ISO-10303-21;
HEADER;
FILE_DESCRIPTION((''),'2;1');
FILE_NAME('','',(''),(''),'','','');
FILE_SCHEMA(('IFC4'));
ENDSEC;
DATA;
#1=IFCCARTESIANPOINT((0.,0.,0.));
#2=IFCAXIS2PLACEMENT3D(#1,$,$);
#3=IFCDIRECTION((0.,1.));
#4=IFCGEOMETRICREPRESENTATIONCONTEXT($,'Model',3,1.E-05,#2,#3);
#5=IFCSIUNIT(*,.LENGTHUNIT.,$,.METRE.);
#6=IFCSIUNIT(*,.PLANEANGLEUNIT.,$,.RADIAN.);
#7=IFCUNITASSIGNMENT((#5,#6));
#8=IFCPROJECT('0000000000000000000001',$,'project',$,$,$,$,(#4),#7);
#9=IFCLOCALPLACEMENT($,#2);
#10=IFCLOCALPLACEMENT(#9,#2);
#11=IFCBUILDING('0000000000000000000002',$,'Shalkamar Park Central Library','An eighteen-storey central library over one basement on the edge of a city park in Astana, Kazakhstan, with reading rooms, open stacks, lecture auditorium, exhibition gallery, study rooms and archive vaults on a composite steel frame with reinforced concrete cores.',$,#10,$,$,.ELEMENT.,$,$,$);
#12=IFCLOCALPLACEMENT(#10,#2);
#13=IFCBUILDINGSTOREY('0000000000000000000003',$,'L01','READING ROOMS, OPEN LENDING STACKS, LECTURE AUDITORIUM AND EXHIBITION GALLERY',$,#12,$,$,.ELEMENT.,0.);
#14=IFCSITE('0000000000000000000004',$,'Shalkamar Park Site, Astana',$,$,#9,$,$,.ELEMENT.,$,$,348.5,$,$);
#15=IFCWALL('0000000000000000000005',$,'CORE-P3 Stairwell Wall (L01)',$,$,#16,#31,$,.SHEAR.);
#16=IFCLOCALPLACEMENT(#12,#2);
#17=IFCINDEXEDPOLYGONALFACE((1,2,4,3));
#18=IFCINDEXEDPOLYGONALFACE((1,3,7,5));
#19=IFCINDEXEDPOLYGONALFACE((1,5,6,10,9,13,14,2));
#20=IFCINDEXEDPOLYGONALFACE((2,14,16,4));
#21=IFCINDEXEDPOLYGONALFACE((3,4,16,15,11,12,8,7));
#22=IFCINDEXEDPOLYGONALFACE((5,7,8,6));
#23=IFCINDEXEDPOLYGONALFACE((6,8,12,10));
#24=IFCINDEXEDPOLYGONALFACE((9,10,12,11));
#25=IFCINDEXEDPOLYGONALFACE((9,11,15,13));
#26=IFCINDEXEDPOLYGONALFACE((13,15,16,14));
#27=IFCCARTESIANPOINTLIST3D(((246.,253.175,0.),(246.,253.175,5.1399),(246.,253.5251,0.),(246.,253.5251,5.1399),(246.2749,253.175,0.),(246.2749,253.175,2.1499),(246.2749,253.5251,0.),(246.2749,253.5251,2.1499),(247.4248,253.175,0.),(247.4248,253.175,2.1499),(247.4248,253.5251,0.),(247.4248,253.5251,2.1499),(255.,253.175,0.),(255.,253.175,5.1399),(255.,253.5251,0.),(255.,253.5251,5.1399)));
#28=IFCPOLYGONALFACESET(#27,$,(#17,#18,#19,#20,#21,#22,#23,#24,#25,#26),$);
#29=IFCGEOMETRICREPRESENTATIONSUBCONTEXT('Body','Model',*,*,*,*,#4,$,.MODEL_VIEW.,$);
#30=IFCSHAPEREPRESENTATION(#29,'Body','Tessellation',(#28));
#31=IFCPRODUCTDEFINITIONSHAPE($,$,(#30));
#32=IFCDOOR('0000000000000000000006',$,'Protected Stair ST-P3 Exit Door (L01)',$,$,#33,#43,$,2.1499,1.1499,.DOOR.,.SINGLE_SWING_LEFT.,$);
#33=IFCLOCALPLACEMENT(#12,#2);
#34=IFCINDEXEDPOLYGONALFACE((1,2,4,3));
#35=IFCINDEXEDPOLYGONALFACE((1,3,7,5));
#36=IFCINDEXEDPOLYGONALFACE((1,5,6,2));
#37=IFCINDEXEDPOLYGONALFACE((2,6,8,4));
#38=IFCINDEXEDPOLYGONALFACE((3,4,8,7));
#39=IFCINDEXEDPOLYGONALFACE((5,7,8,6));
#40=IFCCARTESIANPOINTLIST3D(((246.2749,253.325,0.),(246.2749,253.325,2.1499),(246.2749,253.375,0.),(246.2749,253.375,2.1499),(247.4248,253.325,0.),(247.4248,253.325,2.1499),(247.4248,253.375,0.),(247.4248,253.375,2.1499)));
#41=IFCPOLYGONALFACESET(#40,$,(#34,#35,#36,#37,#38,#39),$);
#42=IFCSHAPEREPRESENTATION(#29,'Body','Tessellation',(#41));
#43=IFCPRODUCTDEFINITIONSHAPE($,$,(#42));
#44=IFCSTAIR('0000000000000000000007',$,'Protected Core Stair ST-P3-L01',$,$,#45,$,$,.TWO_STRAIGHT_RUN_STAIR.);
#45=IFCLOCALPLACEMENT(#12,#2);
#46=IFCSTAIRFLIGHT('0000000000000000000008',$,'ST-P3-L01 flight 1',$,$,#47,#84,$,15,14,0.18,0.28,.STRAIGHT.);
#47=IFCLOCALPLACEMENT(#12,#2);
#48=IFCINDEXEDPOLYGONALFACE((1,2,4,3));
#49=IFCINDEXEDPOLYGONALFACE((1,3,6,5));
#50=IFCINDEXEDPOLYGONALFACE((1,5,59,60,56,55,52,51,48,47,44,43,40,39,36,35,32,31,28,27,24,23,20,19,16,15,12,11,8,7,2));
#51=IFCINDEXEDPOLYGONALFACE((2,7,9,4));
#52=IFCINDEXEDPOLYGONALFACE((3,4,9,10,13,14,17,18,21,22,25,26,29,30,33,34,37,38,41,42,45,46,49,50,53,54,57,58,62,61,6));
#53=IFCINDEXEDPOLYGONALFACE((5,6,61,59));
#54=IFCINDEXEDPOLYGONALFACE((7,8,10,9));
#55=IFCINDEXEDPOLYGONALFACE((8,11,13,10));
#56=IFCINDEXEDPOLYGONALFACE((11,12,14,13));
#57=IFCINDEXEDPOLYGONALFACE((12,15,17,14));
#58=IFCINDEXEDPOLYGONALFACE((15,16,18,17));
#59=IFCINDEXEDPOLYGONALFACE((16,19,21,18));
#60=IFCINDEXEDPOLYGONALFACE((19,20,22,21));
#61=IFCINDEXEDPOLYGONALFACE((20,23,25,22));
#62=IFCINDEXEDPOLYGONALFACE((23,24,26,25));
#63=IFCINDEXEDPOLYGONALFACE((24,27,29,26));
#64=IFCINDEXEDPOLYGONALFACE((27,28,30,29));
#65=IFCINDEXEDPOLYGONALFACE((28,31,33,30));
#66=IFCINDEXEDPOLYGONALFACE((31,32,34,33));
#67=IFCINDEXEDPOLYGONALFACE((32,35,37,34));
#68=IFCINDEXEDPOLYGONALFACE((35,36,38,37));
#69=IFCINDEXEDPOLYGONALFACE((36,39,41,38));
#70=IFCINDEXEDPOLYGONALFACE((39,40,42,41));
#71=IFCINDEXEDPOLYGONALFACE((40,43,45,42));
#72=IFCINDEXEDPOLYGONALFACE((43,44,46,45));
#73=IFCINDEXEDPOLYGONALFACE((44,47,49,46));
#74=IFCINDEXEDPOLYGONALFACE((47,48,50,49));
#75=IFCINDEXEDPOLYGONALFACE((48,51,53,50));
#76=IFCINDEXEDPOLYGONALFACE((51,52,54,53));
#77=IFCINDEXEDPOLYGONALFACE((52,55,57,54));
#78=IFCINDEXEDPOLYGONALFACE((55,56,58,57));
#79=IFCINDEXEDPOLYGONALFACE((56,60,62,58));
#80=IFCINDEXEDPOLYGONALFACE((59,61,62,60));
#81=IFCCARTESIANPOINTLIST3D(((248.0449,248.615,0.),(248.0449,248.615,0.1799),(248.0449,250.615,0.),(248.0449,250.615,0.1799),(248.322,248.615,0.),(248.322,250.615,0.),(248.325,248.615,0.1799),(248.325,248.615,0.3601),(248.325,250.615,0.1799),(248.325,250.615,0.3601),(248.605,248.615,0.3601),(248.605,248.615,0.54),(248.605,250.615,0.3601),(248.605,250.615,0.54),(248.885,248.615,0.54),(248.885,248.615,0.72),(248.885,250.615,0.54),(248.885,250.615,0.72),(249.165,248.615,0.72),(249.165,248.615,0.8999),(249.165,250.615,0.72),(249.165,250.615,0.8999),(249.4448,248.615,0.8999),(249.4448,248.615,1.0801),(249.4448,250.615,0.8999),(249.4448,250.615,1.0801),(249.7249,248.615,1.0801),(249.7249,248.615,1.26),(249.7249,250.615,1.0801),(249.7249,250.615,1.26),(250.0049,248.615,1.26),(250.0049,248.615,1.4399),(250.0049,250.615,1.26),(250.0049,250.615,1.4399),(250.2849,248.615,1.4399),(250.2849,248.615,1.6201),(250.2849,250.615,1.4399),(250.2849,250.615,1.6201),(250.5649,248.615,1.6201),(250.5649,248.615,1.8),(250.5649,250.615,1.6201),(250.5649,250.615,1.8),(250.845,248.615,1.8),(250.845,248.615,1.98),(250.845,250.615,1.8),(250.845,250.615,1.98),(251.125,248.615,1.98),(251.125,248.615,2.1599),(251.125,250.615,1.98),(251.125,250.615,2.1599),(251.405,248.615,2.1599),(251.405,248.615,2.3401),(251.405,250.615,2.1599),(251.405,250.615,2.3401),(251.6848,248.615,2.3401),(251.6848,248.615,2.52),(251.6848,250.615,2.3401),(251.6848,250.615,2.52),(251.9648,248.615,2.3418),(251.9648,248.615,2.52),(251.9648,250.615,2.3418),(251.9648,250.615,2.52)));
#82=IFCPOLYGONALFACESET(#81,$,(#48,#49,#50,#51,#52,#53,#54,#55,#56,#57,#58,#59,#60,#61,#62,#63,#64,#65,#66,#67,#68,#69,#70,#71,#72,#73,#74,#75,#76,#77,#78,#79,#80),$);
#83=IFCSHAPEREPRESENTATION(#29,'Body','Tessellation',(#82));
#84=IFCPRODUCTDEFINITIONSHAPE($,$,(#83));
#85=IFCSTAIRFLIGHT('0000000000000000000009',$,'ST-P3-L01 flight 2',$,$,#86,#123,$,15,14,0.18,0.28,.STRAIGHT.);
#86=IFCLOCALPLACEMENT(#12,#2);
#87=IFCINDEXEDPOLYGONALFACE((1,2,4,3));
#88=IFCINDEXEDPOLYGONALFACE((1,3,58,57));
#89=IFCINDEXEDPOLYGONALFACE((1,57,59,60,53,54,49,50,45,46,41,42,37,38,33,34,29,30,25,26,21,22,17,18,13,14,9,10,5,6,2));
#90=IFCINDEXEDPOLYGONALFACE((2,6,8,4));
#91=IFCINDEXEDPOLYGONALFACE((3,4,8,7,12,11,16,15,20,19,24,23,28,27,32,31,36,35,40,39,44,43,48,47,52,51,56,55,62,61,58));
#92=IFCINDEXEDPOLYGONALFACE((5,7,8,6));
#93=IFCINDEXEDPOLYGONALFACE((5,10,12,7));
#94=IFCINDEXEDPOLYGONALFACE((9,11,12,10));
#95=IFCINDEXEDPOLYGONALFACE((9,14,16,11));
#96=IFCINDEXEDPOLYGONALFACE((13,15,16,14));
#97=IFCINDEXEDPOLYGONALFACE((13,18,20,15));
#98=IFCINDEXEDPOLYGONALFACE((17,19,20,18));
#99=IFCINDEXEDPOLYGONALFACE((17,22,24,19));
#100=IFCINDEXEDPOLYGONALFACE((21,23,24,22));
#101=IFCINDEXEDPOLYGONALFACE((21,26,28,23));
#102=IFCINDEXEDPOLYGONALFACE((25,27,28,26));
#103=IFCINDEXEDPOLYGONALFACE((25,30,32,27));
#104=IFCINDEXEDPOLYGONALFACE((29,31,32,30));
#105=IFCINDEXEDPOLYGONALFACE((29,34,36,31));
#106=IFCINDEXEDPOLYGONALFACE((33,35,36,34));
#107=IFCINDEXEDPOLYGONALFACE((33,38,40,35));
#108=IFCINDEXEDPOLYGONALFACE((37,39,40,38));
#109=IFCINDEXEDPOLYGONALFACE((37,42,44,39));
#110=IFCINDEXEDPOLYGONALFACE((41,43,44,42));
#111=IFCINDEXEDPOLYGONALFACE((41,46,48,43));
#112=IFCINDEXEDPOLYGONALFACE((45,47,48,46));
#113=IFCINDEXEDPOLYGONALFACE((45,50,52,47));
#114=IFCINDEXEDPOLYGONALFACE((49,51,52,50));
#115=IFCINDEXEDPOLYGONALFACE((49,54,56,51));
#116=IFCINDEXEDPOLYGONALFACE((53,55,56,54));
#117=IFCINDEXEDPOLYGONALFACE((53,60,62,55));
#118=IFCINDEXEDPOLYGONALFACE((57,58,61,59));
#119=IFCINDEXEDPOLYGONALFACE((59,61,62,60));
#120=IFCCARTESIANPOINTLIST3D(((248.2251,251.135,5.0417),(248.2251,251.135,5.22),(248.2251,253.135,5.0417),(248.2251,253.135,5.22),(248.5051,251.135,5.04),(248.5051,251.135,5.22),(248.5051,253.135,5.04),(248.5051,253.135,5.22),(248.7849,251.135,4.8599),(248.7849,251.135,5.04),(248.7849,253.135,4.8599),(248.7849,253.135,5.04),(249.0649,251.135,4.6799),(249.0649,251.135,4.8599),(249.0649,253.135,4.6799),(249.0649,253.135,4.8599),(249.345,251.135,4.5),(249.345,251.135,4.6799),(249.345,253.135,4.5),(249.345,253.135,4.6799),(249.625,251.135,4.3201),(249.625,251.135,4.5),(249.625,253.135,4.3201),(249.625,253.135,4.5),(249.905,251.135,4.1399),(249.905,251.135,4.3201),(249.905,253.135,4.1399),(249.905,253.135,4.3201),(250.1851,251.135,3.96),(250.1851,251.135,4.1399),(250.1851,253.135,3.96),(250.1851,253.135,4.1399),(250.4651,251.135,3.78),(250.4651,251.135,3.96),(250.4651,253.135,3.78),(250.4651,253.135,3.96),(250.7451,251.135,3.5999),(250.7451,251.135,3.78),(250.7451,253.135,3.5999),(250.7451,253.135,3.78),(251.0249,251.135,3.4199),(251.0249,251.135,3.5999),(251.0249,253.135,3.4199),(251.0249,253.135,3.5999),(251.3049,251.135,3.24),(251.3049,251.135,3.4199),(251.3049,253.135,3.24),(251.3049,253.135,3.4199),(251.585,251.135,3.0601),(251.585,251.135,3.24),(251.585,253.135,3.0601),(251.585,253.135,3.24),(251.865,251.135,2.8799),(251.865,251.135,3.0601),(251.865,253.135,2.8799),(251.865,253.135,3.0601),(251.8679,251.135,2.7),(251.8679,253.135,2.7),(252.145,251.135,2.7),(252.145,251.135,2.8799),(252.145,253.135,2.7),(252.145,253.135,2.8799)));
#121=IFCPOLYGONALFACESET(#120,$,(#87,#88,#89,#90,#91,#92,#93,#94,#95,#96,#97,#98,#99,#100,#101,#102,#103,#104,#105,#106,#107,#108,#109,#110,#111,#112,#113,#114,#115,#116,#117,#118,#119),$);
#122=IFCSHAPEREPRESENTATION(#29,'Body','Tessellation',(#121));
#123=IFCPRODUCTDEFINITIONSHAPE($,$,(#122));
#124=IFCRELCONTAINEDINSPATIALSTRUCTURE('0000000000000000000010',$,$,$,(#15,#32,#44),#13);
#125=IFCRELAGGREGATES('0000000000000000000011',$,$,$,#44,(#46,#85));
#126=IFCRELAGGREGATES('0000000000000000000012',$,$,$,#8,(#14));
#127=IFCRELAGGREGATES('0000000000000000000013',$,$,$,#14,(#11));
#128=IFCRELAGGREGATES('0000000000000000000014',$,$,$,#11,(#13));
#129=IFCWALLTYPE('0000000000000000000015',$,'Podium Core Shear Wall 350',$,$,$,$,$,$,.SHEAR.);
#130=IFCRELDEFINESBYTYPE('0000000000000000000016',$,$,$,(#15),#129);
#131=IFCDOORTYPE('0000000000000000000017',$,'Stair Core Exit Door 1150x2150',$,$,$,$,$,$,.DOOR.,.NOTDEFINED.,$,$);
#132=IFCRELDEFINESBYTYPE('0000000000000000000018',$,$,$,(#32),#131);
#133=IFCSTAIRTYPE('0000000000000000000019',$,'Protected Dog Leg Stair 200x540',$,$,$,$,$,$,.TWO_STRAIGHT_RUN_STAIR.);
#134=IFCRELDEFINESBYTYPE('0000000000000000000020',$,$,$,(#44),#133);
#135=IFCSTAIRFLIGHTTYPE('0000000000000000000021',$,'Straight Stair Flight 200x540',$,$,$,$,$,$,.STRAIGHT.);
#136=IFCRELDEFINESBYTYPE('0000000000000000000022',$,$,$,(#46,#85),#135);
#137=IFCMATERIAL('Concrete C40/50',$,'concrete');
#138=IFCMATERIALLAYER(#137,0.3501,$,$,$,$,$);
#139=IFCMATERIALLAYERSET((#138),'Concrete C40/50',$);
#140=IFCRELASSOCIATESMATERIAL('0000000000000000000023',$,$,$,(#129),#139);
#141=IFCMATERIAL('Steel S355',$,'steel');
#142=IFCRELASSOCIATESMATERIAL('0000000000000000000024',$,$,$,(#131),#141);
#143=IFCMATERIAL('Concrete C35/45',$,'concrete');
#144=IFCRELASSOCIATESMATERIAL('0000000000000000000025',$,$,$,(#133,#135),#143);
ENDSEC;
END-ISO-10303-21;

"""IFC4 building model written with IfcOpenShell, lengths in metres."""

from ifc_helpers import new_model, si_unit, direction, frame, frame_2d, origin, place, context, subcontext, project, spatial, polyline, rectangle, outline, extrude, material, layer, layer_set, type_object, element, fill, aggregate, save


model = new_model("IFC4")

# Units and contexts
model_context = context("Model", 3, precision=1e-05, world=origin(), true_north=direction((0.0, 1.0)))
body_context = subcontext(model_context, "Body", "Model", "MODEL_VIEW")
ifc_project = project(units=[si_unit("LENGTHUNIT", "METRE"), si_unit("PLANEANGLEUNIT", "RADIAN")], contexts=[model_context])

# Site, building, storey
site_placement = place(None, origin())
site = spatial("IfcSite", under=ifc_project, at=site_placement, Name="Shalkamar Park Site, Astana", CompositionType="ELEMENT", RefElevation=348.5)
building_placement = place(site_placement, origin())
building = spatial("IfcBuilding", under=site, at=building_placement, Name="Shalkamar Park Central Library", Description="An eighteen-storey central library over one basement on the edge of a city park in Astana, Kazakhstan, with reading rooms, open stacks, lecture auditorium, exhibition gallery, study rooms and archive vaults on a composite steel frame with reinforced concrete cores.", CompositionType="ELEMENT")
storey_placement = place(building_placement, origin())
storey = spatial("IfcBuildingStorey", under=building, at=storey_placement, Name="L01", Description="READING ROOMS, OPEN LENDING STACKS, LECTURE AUDITORIUM AND EXHIBITION GALLERY", CompositionType="ELEMENT", Elevation=0.0)

# Shared definitions
ifc_material_1 = material(Name="Steel S355", Category="steel")

# Shared definitions
ifc_material_2 = material(Name="Concrete C40/50", Category="concrete")
ifc_layer_1 = layer(ifc_material_2, 0.3501)
ifc_layer_set_1 = layer_set([ifc_layer_1], Name="Concrete C40/50")
wall_type = type_object("IfcWallType", Name="Podium Core Shear Wall 350", PredefinedType="SHEAR", material=ifc_layer_set_1)
door_type = type_object("IfcDoorType", Name="Stair Core Exit Door 1150x2150", OperationType="NOTDEFINED", PredefinedType="DOOR", material=ifc_material_1)

# Wall, opening, door
wall_1_placement = place(storey_placement, frame((246.0, 253.3501, 0.0), z_axis=(0.0, 0.0, 1.0), x_axis=(1.0, 0.0, 0.0)))
wall_1 = element("IfcWall", 1, at=wall_1_placement, inside=storey, type_object=wall_type, Name="CORE-P3 Stairwell Wall (L01)", PredefinedType="SHEAR", context=body_context, shape_type="SweptSolid", body=[
    extrude(rectangle(XDim=9.0, YDim=0.3501, at=frame_2d((4.5, 0.0))), origin(), (0.0, 0.0, 1.0), 5.1399),
])
opening_1_placement = place(wall_1_placement, frame((0.2749, 0.0, 0.0)))
opening_1 = element("IfcOpeningElement", 2, at=opening_1_placement, cuts=wall_1, PredefinedType="OPENING", context=body_context, shape_type="SweptSolid", body=[
    extrude(rectangle(XDim=1.1499, YDim=2.1499, at=frame_2d((0.575, 1.075))), frame((0.0, 0.1899, 0.0), z_axis=(0.0, -1.0, 0.0), x_axis=(1.0, 0.0, 0.0)), (0.0, 0.0, 1.0), 0.3799),
])
door_1_placement = place(opening_1_placement, origin())
door_1 = element("IfcDoor", 3, at=door_1_placement, inside=storey, type_object=door_type, Name="Protected Stair ST-P3 Exit Door (L01)", OperationType="SINGLE_SWING_LEFT", OverallHeight=2.1499, OverallWidth=1.1499, PredefinedType="DOOR", context=body_context, shape_type="SweptSolid", body=[
    extrude(rectangle(XDim=1.1499, YDim=2.1499, at=frame_2d((0.575, 1.075))), frame((0.0, 0.0249, 0.0), z_axis=(0.0, -1.0, 0.0), x_axis=(1.0, 0.0, 0.0)), (0.0, 0.0, 1.0), 0.05),
])
fill(opening_1, door_1)

# Stair, stair flights
ifc_material_3 = material(Name="Concrete C35/45", Category="concrete")
stair_type = type_object("IfcStairType", Name="Protected Dog Leg Stair 200x540", PredefinedType="TWO_STRAIGHT_RUN_STAIR", material=ifc_material_3)
stair_placement = place(storey_placement, origin())
stair = element("IfcStair", 4, at=stair_placement, inside=storey, type_object=stair_type, Name="Protected Core Stair ST-P3-L01", PredefinedType="TWO_STRAIGHT_RUN_STAIR")
stair_flight_type = type_object("IfcStairFlightType", Name="Straight Stair Flight 200x540", PredefinedType="STRAIGHT", material=ifc_material_3)
stair_flight_1_placement = place(storey_placement, frame((248.0449, 249.615, 0.0), z_axis=(0.0, 0.0, 1.0), x_axis=(1.0, 0.0, 0.0)))
stair_flight_1 = element("IfcStairFlight", 5, at=stair_flight_1_placement, type_object=stair_flight_type, Name="ST-P3-L01 flight 1", NumberOfRisers=15, NumberOfTreads=14, PredefinedType="STRAIGHT", RiserHeight=0.18, TreadLength=0.28, context=body_context, shape_type="SweptSolid", body=[
    extrude(outline(polyline([(0.0, 0.0), (0.0, 0.1799), (0.28, 0.1799), (0.28, 0.3601), (0.5601, 0.3601), (0.5601, 0.54), (0.8401, 0.54), (0.8401, 0.72), (1.1201, 0.72), (1.1201, 0.8999), (1.3999, 0.8999), (1.3999, 1.0801), (1.6799, 1.0801), (1.6799, 1.26), (1.96, 1.26), (1.96, 1.4399), (2.24, 1.4399), (2.24, 1.6201), (2.52, 1.6201), (2.52, 1.8), (2.8, 1.8), (2.8, 1.98), (3.0801, 1.98), (3.0801, 2.1599), (3.3601, 2.1599), (3.3601, 2.3401), (3.6399, 2.3401), (3.6399, 2.52), (3.9199, 2.52), (3.9199, 2.7), (3.9199, 2.3418), (0.2771, 0.0), (0.0, 0.0)])), frame((0.0, 1.0, 0.0), z_axis=(0.0, -1.0, 0.0), x_axis=(1.0, 0.0, 0.0)), (0.0, 0.0, 1.0), 2.0),
])
stair_flight_2_placement = place(storey_placement, frame((252.145, 252.135, 2.7), z_axis=(0.0, 0.0, 1.0), x_axis=(-1.0, 0.0, 0.0)))
stair_flight_2 = element("IfcStairFlight", 6, at=stair_flight_2_placement, type_object=stair_flight_type, Name="ST-P3-L01 flight 2", NumberOfRisers=15, NumberOfTreads=14, PredefinedType="STRAIGHT", RiserHeight=0.18, TreadLength=0.28, context=body_context, shape_type="SweptSolid", body=[
    extrude(outline(polyline([(0.0, 0.0), (0.0, 0.1799), (0.28, 0.1799), (0.28, 0.3601), (0.5601, 0.3601), (0.5601, 0.54), (0.8401, 0.54), (0.8401, 0.72), (1.1201, 0.72), (1.1201, 0.8999), (1.3999, 0.8999), (1.3999, 1.0801), (1.6799, 1.0801), (1.6799, 1.26), (1.96, 1.26), (1.96, 1.4399), (2.24, 1.4399), (2.24, 1.6201), (2.52, 1.6201), (2.52, 1.8), (2.8, 1.8), (2.8, 1.98), (3.0801, 1.98), (3.0801, 2.1599), (3.3601, 2.1599), (3.3601, 2.3401), (3.6399, 2.3401), (3.6399, 2.52), (3.9199, 2.52), (3.9199, 2.7), (3.9199, 2.3418), (0.2771, 0.0), (0.0, 0.0)])), frame((0.0, 1.0, 0.0), z_axis=(0.0, -1.0, 0.0), x_axis=(1.0, 0.0, 0.0)), (0.0, 0.0, 1.0), 2.0),
])
aggregate(stair, [stair_flight_1, stair_flight_2])

save(model, "model.ifc")
